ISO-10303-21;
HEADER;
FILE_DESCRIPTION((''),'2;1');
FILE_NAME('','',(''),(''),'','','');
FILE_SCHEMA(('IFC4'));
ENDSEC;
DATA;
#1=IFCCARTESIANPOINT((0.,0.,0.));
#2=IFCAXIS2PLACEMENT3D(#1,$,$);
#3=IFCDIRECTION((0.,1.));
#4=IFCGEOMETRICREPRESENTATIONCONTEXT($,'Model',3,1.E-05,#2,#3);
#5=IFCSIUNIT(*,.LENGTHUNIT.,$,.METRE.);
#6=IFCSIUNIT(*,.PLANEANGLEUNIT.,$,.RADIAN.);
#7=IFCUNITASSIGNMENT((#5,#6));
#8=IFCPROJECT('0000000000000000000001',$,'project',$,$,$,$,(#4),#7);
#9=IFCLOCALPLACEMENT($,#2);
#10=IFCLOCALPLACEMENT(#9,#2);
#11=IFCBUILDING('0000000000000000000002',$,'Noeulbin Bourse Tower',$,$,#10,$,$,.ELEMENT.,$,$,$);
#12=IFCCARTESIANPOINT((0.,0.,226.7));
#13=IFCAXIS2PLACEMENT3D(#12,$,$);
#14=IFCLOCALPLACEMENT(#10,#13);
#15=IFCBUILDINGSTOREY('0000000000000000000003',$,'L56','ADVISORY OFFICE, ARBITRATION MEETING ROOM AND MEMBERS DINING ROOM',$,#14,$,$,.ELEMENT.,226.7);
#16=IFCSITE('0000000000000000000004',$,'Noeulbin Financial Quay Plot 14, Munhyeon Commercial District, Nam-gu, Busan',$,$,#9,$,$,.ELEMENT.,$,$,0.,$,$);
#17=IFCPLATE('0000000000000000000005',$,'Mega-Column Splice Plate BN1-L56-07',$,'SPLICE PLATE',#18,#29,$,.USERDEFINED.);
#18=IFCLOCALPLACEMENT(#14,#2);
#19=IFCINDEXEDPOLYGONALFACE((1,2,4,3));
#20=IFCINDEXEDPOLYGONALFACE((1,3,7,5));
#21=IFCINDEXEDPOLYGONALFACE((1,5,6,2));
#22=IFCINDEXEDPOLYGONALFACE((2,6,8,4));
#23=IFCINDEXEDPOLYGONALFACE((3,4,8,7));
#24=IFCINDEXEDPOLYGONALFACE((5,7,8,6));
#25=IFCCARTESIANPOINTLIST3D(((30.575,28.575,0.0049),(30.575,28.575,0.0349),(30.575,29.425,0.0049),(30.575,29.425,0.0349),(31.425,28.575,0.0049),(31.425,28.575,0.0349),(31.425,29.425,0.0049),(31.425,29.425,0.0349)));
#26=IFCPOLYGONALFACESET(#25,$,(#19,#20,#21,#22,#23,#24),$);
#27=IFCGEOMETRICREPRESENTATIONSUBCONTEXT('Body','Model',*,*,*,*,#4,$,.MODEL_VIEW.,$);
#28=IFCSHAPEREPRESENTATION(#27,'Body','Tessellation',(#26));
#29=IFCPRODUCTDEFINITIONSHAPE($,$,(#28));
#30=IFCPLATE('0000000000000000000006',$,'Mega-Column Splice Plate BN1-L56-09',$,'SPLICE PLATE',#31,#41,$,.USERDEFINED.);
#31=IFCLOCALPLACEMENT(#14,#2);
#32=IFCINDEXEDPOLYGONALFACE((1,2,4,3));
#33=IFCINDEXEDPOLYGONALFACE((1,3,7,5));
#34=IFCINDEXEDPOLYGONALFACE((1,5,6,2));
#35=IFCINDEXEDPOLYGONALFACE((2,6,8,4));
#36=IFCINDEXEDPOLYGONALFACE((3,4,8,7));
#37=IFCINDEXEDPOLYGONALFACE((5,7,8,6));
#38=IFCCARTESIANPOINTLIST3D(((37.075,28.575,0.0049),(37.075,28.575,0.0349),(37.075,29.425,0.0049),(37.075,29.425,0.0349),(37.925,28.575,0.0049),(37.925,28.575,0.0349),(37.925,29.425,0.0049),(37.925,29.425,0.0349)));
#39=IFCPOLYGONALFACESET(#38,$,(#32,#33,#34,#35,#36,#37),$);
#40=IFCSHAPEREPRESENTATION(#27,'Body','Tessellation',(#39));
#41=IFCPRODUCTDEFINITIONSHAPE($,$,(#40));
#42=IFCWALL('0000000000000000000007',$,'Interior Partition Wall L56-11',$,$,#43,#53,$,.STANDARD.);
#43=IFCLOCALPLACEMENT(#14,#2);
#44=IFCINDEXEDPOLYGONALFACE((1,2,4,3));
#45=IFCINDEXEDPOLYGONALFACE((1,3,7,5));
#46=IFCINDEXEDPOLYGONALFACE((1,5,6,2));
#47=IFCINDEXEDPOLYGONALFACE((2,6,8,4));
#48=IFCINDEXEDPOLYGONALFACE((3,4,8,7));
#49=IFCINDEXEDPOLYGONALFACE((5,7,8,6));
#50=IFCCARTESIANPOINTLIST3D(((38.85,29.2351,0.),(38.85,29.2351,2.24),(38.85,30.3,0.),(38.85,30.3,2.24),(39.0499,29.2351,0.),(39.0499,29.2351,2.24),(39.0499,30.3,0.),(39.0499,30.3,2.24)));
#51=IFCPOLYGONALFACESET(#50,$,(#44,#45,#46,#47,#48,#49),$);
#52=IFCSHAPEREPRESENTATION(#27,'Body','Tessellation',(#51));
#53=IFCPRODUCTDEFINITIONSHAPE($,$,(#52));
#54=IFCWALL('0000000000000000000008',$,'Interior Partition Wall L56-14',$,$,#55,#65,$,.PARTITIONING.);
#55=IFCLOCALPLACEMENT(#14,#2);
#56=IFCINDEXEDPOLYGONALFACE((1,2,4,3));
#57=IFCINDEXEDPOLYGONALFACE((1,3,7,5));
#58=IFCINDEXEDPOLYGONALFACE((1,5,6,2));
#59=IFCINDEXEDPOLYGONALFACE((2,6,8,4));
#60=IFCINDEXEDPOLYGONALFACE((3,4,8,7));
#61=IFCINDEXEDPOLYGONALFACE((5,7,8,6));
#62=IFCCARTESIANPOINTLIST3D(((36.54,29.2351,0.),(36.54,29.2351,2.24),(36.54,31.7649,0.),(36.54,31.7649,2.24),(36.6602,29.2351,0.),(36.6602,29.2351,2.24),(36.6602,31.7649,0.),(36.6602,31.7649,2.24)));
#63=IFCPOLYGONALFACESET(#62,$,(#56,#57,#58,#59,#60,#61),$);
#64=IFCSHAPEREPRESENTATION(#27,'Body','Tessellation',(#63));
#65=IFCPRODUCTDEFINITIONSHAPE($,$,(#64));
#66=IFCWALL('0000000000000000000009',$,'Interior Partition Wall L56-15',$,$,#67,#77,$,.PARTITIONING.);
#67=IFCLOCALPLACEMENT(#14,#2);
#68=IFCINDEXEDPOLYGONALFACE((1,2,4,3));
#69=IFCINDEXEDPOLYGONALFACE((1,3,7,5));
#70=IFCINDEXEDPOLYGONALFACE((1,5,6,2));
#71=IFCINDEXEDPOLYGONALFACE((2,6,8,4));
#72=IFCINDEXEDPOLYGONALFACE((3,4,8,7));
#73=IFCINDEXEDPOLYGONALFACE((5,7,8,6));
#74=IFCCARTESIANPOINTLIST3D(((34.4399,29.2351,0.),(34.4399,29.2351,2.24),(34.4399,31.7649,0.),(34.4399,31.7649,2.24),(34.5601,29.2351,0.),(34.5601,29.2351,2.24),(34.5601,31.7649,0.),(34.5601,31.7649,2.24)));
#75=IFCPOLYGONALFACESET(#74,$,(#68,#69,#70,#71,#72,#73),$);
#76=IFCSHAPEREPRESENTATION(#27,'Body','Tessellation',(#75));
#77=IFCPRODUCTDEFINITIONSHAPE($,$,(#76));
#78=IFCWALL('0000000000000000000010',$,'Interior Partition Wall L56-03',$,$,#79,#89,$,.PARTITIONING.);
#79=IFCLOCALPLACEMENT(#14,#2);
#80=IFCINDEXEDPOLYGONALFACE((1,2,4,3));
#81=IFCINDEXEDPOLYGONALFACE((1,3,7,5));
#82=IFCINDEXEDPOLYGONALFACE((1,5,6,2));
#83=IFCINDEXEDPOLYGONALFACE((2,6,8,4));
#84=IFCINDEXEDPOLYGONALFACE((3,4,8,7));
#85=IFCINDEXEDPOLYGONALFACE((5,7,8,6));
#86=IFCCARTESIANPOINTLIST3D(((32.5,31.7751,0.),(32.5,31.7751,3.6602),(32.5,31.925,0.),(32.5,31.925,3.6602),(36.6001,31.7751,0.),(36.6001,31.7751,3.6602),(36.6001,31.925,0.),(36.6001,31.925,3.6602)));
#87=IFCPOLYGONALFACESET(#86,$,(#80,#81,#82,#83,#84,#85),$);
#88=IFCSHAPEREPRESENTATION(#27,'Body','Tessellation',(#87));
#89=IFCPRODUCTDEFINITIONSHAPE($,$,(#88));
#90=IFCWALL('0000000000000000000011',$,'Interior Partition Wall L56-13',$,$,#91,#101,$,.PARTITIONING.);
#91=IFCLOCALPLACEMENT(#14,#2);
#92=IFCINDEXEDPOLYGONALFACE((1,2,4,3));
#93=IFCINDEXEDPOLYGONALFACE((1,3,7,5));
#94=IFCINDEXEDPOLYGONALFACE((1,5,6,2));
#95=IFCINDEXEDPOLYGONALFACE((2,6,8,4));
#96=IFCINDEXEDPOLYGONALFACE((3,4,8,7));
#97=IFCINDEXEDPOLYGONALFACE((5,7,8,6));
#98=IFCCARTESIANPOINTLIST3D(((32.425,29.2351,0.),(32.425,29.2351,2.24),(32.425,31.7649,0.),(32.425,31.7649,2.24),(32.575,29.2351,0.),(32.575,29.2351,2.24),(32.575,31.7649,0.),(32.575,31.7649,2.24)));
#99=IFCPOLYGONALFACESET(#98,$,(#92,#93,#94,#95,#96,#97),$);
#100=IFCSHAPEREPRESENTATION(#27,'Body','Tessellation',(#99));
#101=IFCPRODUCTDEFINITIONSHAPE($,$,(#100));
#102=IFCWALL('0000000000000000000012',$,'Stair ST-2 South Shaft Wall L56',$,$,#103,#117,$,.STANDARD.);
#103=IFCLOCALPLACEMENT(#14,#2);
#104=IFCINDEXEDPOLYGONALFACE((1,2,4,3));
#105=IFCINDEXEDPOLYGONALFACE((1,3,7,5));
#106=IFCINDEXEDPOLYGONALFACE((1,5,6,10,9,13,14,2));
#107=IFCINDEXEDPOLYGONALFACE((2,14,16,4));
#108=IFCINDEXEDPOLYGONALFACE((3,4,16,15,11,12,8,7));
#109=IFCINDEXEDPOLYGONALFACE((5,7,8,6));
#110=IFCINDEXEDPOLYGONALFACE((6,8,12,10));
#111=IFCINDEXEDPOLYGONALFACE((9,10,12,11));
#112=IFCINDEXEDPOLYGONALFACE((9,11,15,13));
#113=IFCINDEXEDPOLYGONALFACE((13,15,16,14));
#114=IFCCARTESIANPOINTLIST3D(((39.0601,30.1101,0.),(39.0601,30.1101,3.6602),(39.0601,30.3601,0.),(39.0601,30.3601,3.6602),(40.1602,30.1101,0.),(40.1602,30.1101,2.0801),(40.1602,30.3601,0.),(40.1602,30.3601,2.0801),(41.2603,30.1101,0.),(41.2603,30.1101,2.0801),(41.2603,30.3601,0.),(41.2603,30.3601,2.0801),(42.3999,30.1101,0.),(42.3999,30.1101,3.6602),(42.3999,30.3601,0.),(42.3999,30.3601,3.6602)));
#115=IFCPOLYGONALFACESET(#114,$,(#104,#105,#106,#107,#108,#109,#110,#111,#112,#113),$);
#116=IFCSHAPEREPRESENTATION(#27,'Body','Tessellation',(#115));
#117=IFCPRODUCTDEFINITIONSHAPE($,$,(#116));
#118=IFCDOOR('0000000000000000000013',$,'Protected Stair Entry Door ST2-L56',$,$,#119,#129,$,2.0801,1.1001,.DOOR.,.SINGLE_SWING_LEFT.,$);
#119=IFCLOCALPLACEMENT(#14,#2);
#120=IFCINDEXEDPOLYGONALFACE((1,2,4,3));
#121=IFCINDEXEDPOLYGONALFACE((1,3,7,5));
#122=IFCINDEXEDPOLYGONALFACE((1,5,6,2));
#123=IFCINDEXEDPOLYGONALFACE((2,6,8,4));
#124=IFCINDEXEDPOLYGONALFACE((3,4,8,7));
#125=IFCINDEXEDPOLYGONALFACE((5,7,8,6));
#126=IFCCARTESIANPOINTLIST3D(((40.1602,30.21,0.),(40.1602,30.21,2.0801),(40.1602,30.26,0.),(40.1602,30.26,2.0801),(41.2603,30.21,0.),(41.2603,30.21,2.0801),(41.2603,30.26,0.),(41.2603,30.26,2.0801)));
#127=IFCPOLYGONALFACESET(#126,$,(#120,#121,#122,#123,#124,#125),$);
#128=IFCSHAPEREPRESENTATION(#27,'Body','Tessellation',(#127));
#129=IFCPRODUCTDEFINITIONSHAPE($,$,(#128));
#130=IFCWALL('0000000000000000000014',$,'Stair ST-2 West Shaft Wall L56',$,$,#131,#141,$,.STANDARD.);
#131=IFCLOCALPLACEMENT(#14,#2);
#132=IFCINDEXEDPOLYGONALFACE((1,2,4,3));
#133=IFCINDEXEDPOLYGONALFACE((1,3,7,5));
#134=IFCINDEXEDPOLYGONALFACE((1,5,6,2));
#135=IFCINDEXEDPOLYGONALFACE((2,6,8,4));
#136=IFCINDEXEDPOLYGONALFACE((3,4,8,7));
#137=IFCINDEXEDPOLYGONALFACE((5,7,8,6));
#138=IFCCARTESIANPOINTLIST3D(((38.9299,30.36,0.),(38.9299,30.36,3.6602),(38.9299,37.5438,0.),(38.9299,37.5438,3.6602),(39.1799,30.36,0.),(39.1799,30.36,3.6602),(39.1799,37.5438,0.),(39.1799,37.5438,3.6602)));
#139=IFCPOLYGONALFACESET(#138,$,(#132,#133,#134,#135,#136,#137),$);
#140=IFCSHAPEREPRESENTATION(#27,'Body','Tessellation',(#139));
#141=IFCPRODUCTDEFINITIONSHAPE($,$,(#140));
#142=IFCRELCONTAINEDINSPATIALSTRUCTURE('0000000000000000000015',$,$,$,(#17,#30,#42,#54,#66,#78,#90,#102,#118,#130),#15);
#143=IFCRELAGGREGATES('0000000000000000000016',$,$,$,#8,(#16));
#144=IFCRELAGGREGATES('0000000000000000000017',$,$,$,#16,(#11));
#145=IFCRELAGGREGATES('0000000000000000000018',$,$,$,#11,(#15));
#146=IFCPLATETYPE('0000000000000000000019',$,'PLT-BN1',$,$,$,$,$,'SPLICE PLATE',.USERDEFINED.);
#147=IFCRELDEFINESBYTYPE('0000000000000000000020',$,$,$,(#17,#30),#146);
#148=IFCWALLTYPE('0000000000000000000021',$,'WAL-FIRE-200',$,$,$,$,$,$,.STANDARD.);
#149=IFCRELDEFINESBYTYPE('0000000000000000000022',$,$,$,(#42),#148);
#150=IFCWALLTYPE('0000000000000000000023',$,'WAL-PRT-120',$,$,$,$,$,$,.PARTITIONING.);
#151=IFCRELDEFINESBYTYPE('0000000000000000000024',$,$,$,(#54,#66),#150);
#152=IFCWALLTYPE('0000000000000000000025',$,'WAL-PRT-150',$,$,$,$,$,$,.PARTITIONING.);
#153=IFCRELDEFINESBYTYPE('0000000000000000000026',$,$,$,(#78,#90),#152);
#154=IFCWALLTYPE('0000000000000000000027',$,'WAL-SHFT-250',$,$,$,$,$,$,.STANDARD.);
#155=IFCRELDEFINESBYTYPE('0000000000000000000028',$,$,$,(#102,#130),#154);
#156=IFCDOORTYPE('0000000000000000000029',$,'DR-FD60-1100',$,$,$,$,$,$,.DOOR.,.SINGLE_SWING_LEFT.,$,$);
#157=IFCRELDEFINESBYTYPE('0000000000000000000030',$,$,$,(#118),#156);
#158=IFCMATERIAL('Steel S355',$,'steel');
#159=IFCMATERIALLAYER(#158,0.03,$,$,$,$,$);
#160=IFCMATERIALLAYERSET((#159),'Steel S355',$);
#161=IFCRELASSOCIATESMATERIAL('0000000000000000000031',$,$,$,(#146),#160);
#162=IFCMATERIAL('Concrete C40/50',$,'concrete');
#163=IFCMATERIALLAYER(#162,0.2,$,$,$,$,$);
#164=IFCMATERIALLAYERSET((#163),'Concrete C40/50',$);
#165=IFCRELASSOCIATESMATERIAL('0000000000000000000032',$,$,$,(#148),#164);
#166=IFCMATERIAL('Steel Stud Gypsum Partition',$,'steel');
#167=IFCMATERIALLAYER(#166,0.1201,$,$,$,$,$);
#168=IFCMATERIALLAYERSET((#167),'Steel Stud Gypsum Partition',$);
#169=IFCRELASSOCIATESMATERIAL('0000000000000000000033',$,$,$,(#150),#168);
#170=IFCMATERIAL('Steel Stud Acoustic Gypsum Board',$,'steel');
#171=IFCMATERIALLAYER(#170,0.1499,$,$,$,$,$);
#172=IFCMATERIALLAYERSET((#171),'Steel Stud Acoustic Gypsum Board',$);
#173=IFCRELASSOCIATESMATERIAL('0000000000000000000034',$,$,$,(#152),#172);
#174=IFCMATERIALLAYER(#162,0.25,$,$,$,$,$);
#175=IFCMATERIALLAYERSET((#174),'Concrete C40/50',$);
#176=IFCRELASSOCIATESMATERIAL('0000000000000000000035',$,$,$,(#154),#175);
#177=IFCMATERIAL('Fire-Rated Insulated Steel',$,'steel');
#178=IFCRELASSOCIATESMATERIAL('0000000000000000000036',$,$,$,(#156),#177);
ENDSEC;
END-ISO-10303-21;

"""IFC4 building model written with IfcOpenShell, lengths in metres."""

from ifc_helpers import new_model, si_unit, direction, frame, frame_2d, origin, origin_2d, place, context, subcontext, project, spatial, rectangle, extrude, material, layer, layer_set, type_object, element, fill, save


model = new_model("IFC4")

# Units and contexts
model_context = context("Model", 3, precision=1e-05, world=origin(), true_north=direction((0.0, 1.0)))
body_context = subcontext(model_context, "Body", "Model", "MODEL_VIEW")
ifc_project = project(units=[si_unit("LENGTHUNIT", "METRE"), si_unit("PLANEANGLEUNIT", "RADIAN")], contexts=[model_context])

# Site, building, storey
site_placement = place(None, origin())
site = spatial("IfcSite", under=ifc_project, at=site_placement, Name="Noeulbin Financial Quay Plot 14, Munhyeon Commercial District, Nam-gu, Busan", CompositionType="ELEMENT", RefElevation=0.0)
building_placement = place(site_placement, origin())
building = spatial("IfcBuilding", under=site, at=building_placement, Name="Noeulbin Bourse Tower", CompositionType="ELEMENT")
storey_placement = place(building_placement, frame((0.0, 0.0, 226.7)))
storey = spatial("IfcBuildingStorey", under=building, at=storey_placement, Name="L56", Description="ADVISORY OFFICE, ARBITRATION MEETING ROOM AND MEMBERS DINING ROOM", CompositionType="ELEMENT", Elevation=226.7)

# Shared definitions
ifc_material_1 = material(Name="Steel S355", Category="steel")

# Plates
ifc_layer_1 = layer(ifc_material_1, 0.03)
ifc_layer_set_1 = layer_set([ifc_layer_1], Name="Steel S355")
plate_type = type_object("IfcPlateType", Name="PLT-BN1", ElementType="SPLICE PLATE", PredefinedType="USERDEFINED", material=ifc_layer_set_1)
for number, where, z_axis, x_axis, name in (
    (1, (31.0, 29.0, 0.0049), (0.0, 0.0, 1.0), (1.0, 0.0, 0.0), "Mega-Column Splice Plate BN1-L56-07"),
    (2, (37.5, 29.0, 0.0049), (0.0, 0.0, 1.0), (1.0, 0.0, 0.0), "Mega-Column Splice Plate BN1-L56-09"),
):
    element("IfcPlate", number, at=place(storey_placement, frame(where, z_axis=z_axis, x_axis=x_axis)), inside=storey, type_object=plate_type, Name=name, ObjectType="SPLICE PLATE", PredefinedType="USERDEFINED", context=body_context, shape_type="SweptSolid", body=[
        extrude(rectangle(XDim=0.8501, YDim=0.8501, at=origin_2d()), origin(), (0.0, 0.0, 1.0), 0.03),
    ])

# Walls
ifc_material_2 = material(Name="Concrete C40/50", Category="concrete")
ifc_layer_2 = layer(ifc_material_2, 0.2)
ifc_layer_set_2 = layer_set([ifc_layer_2], Name="Concrete C40/50")
wall_type_1 = type_object("IfcWallType", Name="WAL-FIRE-200", PredefinedType="STANDARD", material=ifc_layer_set_2)
wall_1_placement = place(storey_placement, frame((38.95, 29.2351, 0.0), z_axis=(0.0, 0.0, 1.0), x_axis=(0.0, 1.0, 0.0)))
element("IfcWall", 3, at=wall_1_placement, inside=storey, type_object=wall_type_1, Name="Interior Partition Wall L56-11", PredefinedType="STANDARD", context=body_context, shape_type="SweptSolid", body=[
    extrude(rectangle(XDim=1.0649, YDim=0.2, at=frame_2d((0.5325, 0.0))), origin(), (0.0, 0.0, 1.0), 2.24),
])
ifc_material_3 = material(Name="Steel Stud Gypsum Partition", Category="steel")
ifc_layer_3 = layer(ifc_material_3, 0.1201)
ifc_layer_set_3 = layer_set([ifc_layer_3], Name="Steel Stud Gypsum Partition")
wall_type_2 = type_object("IfcWallType", Name="WAL-PRT-120", PredefinedType="PARTITIONING", material=ifc_layer_set_3)
for number, where, z_axis, x_axis, name in (
    (4, (36.6001, 29.2351, 0.0), (0.0, 0.0, 1.0), (0.0, 1.0, 0.0), "Interior Partition Wall L56-14"),
    (5, (34.5, 29.2351, 0.0), (0.0, 0.0, 1.0), (0.0, 1.0, 0.0), "Interior Partition Wall L56-15"),
):
    element("IfcWall", number, at=place(storey_placement, frame(where, z_axis=z_axis, x_axis=x_axis)), inside=storey, type_object=wall_type_2, Name=name, PredefinedType="PARTITIONING", context=body_context, shape_type="SweptSolid", body=[
        extrude(rectangle(XDim=2.5298, YDim=0.1201, at=frame_2d((1.2649, 0.0))), origin(), (0.0, 0.0, 1.0), 2.24),
    ])
ifc_material_4 = material(Name="Steel Stud Acoustic Gypsum Board", Category="steel")
ifc_layer_4 = layer(ifc_material_4, 0.1499)
ifc_layer_set_4 = layer_set([ifc_layer_4], Name="Steel Stud Acoustic Gypsum Board")
wall_type_3 = type_object("IfcWallType", Name="WAL-PRT-150", PredefinedType="PARTITIONING", material=ifc_layer_set_4)
wall_2_placement = place(storey_placement, frame((32.5, 31.8501, 0.0), z_axis=(0.0, 0.0, 1.0), x_axis=(1.0, 0.0, 0.0)))
element("IfcWall", 6, at=wall_2_placement, inside=storey, type_object=wall_type_3, Name="Interior Partition Wall L56-03", PredefinedType="PARTITIONING", context=body_context, shape_type="SweptSolid", body=[
    extrude(rectangle(XDim=4.1001, YDim=0.1499, at=frame_2d((2.05, 0.0))), origin(), (0.0, 0.0, 1.0), 3.6602),
])
wall_3_placement = place(storey_placement, frame((32.5, 29.2351, 0.0), z_axis=(0.0, 0.0, 1.0), x_axis=(0.0, 1.0, 0.0)))
element("IfcWall", 7, at=wall_3_placement, inside=storey, type_object=wall_type_3, Name="Interior Partition Wall L56-13", PredefinedType="PARTITIONING", context=body_context, shape_type="SweptSolid", body=[
    extrude(rectangle(XDim=2.5298, YDim=0.1499, at=frame_2d((1.2649, 0.0))), origin(), (0.0, 0.0, 1.0), 2.24),
])

# Wall, opening, door
ifc_layer_5 = layer(ifc_material_2, 0.25)
ifc_layer_set_5 = layer_set([ifc_layer_5], Name="Concrete C40/50")
wall_type_4 = type_object("IfcWallType", Name="WAL-SHFT-250", PredefinedType="STANDARD", material=ifc_layer_set_5)
wall_4_placement = place(storey_placement, frame((39.0601, 30.2351, 0.0), z_axis=(0.0, 0.0, 1.0), x_axis=(1.0, 0.0, 0.0)))
wall_4 = element("IfcWall", 8, at=wall_4_placement, inside=storey, type_object=wall_type_4, Name="Stair ST-2 South Shaft Wall L56", PredefinedType="STANDARD", context=body_context, shape_type="SweptSolid", body=[
    extrude(rectangle(XDim=3.3398, YDim=0.25, at=frame_2d((1.6699, 0.0))), origin(), (0.0, 0.0, 1.0), 3.6602),
])
opening_1_placement = place(wall_4_placement, frame((1.1001, 0.0, 0.0)))
opening_1 = element("IfcOpeningElement", 9, at=opening_1_placement, cuts=wall_4, PredefinedType="OPENING", context=body_context, shape_type="SweptSolid", body=[
    extrude(rectangle(XDim=1.1001, YDim=2.0801, at=frame_2d((0.55, 1.04))), frame((0.0, 0.135, 0.0), z_axis=(0.0, -1.0, 0.0), x_axis=(1.0, 0.0, 0.0)), (0.0, 0.0, 1.0), 0.27),
])
ifc_material_5 = material(Name="Fire-Rated Insulated Steel", Category="steel")
door_type_1 = type_object("IfcDoorType", Name="DR-FD60-1100", OperationType="SINGLE_SWING_LEFT", PredefinedType="DOOR", material=ifc_material_5)
door_1_placement = place(opening_1_placement, origin())
door_1 = element("IfcDoor", 10, at=door_1_placement, inside=storey, type_object=door_type_1, Name="Protected Stair Entry Door ST2-L56", OperationType="SINGLE_SWING_LEFT", OverallHeight=2.0801, OverallWidth=1.1001, PredefinedType="DOOR", context=body_context, shape_type="SweptSolid", body=[
    extrude(rectangle(XDim=1.1001, YDim=2.0801, at=frame_2d((0.55, 1.04))), frame((0.0, 0.0249, 0.0), z_axis=(0.0, -1.0, 0.0), x_axis=(1.0, 0.0, 0.0)), (0.0, 0.0, 1.0), 0.05),
])
fill(opening_1, door_1)

# Wall
wall_5_placement = place(storey_placement, frame((39.0549, 30.3601, 0.0), z_axis=(0.0, 0.0, 1.0), x_axis=(0.0, 1.0, 0.0)))
element("IfcWall", 11, at=wall_5_placement, inside=storey, type_object=wall_type_4, Name="Stair ST-2 West Shaft Wall L56", PredefinedType="STANDARD", context=body_context, shape_type="SweptSolid", body=[
    extrude(rectangle(XDim=7.1838, YDim=0.25, at=frame_2d((3.5918, 0.0))), origin(), (0.0, 0.0, 1.0), 3.6602),
])

save(model, "model.ifc")
